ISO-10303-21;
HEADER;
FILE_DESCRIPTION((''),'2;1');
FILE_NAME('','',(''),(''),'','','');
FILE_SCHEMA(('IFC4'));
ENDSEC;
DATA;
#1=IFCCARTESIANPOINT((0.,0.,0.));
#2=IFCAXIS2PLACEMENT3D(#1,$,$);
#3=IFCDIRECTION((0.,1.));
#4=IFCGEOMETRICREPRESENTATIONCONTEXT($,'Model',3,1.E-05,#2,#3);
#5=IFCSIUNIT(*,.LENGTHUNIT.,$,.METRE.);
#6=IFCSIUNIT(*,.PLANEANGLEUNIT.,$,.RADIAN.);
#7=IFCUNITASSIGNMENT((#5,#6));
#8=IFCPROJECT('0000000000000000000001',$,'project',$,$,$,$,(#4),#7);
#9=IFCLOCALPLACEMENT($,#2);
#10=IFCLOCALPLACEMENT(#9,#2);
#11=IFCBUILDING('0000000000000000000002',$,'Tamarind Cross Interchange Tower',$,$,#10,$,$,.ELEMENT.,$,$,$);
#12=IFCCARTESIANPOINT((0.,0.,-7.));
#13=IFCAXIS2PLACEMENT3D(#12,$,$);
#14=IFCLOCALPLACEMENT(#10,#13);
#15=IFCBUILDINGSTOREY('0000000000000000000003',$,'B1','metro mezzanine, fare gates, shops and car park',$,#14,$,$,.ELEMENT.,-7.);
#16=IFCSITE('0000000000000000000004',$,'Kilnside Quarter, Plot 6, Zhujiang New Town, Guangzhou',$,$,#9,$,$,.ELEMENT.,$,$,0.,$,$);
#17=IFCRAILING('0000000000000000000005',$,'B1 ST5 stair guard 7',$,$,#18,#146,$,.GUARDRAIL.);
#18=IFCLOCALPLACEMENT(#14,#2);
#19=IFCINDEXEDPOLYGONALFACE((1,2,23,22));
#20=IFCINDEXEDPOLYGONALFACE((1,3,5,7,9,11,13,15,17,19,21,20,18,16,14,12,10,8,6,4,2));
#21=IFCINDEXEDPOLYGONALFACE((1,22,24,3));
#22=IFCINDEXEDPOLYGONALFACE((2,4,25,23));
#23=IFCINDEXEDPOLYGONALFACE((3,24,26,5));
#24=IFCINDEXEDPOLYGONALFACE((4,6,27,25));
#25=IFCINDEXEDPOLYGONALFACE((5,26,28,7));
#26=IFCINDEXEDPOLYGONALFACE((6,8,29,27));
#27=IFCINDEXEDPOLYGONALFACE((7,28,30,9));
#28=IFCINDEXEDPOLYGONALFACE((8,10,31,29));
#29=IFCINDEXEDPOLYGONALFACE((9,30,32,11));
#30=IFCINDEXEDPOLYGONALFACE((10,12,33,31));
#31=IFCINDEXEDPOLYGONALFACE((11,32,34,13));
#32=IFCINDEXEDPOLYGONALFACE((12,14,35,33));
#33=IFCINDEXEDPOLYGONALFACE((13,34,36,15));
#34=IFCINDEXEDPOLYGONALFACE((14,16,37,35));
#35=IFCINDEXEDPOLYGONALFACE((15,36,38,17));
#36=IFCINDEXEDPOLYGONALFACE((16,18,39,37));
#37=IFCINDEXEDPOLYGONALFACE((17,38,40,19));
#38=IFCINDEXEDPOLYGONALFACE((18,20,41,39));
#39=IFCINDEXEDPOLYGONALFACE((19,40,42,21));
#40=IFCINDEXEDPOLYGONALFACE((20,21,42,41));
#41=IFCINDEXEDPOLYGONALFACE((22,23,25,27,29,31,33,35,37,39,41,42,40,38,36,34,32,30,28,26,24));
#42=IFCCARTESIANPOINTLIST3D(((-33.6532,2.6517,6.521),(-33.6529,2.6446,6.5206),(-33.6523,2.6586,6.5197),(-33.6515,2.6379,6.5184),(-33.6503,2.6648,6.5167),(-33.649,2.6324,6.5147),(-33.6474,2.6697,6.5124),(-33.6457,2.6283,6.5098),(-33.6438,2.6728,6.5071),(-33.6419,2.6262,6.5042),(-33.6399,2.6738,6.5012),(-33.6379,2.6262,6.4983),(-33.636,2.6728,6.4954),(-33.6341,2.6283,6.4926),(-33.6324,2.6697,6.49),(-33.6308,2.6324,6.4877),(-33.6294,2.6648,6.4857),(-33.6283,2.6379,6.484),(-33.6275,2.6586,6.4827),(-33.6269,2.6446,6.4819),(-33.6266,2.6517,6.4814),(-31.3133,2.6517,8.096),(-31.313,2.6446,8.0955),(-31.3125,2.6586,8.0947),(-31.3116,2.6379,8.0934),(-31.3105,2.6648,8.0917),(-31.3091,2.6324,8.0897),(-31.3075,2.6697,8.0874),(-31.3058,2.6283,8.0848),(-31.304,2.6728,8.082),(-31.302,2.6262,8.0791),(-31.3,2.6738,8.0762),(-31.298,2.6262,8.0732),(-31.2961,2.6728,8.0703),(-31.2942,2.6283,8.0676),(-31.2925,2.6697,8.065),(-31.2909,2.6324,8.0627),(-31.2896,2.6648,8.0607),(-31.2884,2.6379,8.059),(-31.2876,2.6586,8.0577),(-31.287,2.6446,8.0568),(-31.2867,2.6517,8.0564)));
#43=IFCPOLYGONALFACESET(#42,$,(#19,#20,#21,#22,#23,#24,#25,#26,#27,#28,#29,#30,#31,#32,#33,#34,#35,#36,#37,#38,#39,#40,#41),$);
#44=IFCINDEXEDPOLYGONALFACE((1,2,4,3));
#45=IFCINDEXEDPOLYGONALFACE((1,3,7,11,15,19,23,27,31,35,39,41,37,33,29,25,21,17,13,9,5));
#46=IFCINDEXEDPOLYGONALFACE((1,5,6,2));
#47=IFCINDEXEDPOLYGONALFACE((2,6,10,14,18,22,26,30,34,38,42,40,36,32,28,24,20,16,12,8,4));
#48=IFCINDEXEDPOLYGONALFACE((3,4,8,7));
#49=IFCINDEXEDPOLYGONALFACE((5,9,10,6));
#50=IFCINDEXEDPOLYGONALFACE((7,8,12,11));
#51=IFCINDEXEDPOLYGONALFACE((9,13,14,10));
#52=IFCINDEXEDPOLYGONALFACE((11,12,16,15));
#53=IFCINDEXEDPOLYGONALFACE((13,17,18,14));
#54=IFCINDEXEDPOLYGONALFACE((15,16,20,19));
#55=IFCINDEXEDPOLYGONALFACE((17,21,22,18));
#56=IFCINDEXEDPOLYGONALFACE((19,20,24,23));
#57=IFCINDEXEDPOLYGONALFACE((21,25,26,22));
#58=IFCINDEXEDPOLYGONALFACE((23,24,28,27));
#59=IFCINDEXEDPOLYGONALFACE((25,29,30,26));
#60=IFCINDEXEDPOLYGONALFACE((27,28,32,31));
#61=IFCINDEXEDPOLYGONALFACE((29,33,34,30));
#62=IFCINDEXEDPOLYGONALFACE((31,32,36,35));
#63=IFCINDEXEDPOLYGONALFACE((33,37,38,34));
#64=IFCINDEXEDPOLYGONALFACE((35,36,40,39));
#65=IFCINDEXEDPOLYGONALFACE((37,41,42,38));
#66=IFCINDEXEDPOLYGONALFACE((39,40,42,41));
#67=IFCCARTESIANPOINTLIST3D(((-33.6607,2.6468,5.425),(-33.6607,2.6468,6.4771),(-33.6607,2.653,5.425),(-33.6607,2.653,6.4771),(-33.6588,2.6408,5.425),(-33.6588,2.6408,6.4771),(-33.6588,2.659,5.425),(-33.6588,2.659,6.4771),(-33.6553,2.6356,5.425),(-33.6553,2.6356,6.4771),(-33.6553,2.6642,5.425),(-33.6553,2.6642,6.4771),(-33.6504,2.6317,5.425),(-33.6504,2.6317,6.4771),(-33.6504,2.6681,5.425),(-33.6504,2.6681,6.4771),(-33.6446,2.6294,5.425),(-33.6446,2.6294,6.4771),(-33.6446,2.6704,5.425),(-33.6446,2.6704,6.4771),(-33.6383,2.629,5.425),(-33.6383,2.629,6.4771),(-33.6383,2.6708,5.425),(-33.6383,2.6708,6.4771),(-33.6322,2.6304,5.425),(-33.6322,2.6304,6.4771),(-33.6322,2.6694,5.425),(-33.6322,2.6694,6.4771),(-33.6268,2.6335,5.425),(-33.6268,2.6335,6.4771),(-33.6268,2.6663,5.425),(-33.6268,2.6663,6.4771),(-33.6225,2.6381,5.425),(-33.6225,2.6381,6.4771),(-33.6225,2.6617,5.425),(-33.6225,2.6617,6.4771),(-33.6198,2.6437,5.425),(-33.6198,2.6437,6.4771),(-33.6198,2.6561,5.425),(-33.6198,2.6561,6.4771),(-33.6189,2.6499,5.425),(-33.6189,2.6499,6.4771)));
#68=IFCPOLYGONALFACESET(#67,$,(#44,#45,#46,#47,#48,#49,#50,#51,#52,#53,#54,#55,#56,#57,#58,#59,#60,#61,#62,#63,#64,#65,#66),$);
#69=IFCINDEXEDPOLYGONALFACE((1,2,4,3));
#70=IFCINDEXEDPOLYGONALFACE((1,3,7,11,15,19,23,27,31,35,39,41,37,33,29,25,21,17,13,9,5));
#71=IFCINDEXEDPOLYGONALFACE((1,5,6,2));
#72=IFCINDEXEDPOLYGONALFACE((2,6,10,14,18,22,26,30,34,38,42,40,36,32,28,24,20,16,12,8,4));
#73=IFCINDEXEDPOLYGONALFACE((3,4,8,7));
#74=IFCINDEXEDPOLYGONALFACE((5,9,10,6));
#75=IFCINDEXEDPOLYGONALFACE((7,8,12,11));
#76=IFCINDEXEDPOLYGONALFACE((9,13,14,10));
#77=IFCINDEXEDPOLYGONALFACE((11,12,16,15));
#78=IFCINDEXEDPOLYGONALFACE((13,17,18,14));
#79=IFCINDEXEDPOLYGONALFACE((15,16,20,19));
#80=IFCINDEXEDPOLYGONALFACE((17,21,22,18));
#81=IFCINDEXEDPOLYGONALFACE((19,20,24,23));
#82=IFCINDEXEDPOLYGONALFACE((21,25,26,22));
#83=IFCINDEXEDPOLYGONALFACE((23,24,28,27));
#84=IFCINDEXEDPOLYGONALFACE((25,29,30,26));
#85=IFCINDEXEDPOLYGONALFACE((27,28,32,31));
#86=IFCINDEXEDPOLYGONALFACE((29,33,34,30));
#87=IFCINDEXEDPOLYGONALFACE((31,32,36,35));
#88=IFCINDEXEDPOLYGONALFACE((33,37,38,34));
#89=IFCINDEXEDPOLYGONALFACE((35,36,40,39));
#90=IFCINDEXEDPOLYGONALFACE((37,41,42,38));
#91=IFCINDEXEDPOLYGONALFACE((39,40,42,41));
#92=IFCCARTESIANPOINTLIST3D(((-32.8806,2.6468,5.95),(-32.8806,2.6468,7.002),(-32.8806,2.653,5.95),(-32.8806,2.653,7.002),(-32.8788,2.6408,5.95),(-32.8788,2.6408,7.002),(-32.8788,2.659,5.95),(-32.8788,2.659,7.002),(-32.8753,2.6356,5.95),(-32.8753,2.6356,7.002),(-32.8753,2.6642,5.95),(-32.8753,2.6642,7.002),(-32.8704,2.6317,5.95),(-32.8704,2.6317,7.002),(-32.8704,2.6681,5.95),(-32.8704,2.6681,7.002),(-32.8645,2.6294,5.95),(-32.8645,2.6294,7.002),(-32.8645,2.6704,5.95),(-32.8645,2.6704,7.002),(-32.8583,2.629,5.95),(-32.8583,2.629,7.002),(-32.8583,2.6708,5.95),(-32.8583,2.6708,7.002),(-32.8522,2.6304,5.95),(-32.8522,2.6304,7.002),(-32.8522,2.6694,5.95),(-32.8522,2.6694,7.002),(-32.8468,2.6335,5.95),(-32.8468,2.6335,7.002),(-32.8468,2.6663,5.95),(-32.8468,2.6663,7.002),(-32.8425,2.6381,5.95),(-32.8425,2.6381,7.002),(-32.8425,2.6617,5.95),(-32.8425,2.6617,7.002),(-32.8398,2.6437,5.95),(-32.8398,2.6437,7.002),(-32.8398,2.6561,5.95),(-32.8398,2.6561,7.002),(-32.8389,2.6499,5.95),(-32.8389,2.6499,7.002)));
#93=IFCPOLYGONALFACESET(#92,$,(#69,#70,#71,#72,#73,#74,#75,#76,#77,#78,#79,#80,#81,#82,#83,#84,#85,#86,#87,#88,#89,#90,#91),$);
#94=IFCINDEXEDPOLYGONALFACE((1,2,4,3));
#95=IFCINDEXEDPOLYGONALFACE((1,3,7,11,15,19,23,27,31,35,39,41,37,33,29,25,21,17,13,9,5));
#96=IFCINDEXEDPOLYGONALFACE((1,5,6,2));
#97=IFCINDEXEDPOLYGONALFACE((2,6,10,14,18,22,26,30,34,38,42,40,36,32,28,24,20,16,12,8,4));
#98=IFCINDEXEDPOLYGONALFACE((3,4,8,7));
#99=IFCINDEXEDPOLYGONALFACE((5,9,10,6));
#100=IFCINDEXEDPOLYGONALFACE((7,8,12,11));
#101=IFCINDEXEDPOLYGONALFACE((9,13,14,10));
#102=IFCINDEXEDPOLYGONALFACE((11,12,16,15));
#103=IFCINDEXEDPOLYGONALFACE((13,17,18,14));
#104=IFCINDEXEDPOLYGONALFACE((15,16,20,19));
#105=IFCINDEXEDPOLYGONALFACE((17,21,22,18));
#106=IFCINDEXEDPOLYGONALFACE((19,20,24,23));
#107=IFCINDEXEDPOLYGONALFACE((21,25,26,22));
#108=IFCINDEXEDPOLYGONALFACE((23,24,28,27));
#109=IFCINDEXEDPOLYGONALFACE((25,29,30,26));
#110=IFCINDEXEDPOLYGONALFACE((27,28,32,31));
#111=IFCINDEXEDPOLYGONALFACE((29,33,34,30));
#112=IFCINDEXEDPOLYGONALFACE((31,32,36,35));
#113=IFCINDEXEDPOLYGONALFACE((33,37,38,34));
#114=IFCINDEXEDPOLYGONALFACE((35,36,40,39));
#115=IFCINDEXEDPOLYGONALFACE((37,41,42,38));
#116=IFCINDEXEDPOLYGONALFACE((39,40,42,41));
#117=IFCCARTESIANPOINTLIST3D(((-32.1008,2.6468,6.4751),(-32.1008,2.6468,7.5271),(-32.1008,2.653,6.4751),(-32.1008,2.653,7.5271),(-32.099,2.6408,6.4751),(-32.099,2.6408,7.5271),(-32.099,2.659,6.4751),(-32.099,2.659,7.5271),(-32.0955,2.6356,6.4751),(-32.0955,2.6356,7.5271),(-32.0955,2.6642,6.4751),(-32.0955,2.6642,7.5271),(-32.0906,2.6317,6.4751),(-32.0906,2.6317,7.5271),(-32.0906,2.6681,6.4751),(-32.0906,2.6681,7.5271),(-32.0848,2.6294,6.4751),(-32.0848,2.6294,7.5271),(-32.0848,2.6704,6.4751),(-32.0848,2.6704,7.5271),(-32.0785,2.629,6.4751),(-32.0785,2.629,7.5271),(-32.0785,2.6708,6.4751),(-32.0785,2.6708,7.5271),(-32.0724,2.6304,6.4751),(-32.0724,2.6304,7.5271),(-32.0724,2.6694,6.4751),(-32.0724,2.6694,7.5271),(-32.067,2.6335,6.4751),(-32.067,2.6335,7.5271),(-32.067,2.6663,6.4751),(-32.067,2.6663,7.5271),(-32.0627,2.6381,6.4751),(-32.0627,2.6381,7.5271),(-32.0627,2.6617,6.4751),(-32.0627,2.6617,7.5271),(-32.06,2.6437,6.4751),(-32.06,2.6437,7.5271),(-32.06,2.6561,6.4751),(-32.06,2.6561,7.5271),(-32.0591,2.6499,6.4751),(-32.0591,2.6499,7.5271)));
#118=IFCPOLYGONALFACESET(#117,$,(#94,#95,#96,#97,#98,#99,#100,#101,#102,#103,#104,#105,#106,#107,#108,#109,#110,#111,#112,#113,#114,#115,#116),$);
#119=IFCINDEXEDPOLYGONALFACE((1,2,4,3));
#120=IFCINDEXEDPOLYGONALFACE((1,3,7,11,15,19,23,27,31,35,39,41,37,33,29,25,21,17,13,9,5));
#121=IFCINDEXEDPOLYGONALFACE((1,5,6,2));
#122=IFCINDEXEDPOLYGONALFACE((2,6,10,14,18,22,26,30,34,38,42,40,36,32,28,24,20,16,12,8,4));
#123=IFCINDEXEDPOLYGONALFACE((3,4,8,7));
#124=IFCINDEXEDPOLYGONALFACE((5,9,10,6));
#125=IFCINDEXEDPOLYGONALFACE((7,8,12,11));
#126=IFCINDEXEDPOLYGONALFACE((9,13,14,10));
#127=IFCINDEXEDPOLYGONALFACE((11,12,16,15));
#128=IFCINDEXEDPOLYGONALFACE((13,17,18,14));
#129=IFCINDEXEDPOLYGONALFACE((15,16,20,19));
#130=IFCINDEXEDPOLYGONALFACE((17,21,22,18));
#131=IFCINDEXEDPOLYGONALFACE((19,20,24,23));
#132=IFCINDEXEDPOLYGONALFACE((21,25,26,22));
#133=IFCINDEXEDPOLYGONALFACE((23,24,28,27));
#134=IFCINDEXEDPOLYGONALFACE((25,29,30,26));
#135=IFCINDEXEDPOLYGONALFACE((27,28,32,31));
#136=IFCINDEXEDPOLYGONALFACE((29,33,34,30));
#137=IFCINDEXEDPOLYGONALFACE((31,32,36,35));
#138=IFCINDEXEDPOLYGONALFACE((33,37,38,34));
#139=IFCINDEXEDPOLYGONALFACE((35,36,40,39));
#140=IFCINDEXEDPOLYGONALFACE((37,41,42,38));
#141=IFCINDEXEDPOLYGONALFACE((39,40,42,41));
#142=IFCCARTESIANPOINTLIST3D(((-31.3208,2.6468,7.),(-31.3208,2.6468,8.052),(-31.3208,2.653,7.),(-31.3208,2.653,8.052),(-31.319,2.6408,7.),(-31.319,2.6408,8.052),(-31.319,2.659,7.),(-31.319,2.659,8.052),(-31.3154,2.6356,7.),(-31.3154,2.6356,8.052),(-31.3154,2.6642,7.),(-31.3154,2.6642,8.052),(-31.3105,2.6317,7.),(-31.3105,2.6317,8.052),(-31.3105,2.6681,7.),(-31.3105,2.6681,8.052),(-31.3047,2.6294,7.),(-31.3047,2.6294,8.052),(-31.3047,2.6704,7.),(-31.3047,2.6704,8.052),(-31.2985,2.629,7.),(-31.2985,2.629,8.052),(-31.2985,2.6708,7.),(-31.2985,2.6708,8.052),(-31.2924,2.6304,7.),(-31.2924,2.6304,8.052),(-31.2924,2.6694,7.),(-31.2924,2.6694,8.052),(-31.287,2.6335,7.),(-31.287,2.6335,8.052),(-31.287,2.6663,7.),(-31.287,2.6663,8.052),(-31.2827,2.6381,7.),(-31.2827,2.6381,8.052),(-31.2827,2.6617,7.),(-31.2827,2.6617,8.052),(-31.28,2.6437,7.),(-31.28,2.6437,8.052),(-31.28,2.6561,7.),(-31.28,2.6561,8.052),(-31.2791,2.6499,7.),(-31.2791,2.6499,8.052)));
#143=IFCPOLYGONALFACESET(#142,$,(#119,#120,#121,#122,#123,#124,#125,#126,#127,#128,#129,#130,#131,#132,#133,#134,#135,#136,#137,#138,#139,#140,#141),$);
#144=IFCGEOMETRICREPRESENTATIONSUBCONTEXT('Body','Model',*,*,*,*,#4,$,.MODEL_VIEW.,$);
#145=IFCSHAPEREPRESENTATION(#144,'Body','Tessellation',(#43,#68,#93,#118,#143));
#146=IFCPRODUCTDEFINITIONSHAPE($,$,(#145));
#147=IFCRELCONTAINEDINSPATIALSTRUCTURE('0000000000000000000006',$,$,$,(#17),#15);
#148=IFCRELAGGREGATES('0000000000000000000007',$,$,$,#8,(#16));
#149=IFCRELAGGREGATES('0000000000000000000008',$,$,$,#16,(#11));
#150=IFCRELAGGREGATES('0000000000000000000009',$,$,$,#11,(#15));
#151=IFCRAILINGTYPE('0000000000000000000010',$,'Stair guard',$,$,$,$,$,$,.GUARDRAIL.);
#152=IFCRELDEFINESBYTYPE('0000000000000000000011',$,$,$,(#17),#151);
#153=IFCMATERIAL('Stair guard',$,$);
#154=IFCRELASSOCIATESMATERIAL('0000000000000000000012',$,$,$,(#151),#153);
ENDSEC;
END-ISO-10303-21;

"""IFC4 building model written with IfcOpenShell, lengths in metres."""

from ifc_helpers import new_model, si_unit, direction, frame, origin, origin_2d, place, context, subcontext, project, spatial, circle, extrude, material, type_object, element, save


model = new_model("IFC4")

# Units and contexts
model_context = context("Model", 3, precision=1e-05, world=origin(), true_north=direction((0.0, 1.0)))
body_context = subcontext(model_context, "Body", "Model", "MODEL_VIEW")
ifc_project = project(units=[si_unit("LENGTHUNIT", "METRE"), si_unit("PLANEANGLEUNIT", "RADIAN")], contexts=[model_context])

# Site, building, storey
site_placement = place(None, origin())
site = spatial("IfcSite", under=ifc_project, at=site_placement, Name="Kilnside Quarter, Plot 6, Zhujiang New Town, Guangzhou", CompositionType="ELEMENT", RefElevation=0.0)
building_placement = place(site_placement, origin())
building = spatial("IfcBuilding", under=site, at=building_placement, Name="Tamarind Cross Interchange Tower", CompositionType="ELEMENT")
storey_placement = place(building_placement, frame((0.0, 0.0, -7.0)))
storey = spatial("IfcBuildingStorey", under=building, at=storey_placement, Name="B1", Description="metro mezzanine, fare gates, shops and car park", CompositionType="ELEMENT", Elevation=-7.0)

# Railing
ifc_material_1 = material(Name="Stair guard")
railing_type_1 = type_object("IfcRailingType", Name="Stair guard", PredefinedType="GUARDRAIL", material=ifc_material_1)
railing_1_placement = place(storey_placement, frame((-33.6399, 2.6499, 5.425)))
element("IfcRailing", 1, at=railing_1_placement, inside=storey, type_object=railing_type_1, Name="B1 ST5 stair guard 7", PredefinedType="GUARDRAIL", context=body_context, shape_type="SweptSolid", body=[
    extrude(circle(Radius=0.0239, at=origin_2d()), frame((0.0, 0.0, 1.0762), z_axis=(0.829578, 0.0, 0.55839), x_axis=(0.0, 1.0, 0.0)), (0.0, 0.0, 1.0), 2.8206),
    extrude(circle(Radius=0.021, at=origin_2d()), origin(), (0.0, 0.0, 1.0), 1.052),
    extrude(circle(Radius=0.021, at=origin_2d()), frame((0.78, 0.0, 0.5249)), (0.0, 0.0, 1.0), 1.052),
    extrude(circle(Radius=0.021, at=origin_2d()), frame((1.5598, 0.0, 1.05)), (0.0, 0.0, 1.0), 1.052),
    extrude(circle(Radius=0.021, at=origin_2d()), frame((2.3398, 0.0, 1.575)), (0.0, 0.0, 1.0), 1.052),
])

save(model, "model.ifc")
